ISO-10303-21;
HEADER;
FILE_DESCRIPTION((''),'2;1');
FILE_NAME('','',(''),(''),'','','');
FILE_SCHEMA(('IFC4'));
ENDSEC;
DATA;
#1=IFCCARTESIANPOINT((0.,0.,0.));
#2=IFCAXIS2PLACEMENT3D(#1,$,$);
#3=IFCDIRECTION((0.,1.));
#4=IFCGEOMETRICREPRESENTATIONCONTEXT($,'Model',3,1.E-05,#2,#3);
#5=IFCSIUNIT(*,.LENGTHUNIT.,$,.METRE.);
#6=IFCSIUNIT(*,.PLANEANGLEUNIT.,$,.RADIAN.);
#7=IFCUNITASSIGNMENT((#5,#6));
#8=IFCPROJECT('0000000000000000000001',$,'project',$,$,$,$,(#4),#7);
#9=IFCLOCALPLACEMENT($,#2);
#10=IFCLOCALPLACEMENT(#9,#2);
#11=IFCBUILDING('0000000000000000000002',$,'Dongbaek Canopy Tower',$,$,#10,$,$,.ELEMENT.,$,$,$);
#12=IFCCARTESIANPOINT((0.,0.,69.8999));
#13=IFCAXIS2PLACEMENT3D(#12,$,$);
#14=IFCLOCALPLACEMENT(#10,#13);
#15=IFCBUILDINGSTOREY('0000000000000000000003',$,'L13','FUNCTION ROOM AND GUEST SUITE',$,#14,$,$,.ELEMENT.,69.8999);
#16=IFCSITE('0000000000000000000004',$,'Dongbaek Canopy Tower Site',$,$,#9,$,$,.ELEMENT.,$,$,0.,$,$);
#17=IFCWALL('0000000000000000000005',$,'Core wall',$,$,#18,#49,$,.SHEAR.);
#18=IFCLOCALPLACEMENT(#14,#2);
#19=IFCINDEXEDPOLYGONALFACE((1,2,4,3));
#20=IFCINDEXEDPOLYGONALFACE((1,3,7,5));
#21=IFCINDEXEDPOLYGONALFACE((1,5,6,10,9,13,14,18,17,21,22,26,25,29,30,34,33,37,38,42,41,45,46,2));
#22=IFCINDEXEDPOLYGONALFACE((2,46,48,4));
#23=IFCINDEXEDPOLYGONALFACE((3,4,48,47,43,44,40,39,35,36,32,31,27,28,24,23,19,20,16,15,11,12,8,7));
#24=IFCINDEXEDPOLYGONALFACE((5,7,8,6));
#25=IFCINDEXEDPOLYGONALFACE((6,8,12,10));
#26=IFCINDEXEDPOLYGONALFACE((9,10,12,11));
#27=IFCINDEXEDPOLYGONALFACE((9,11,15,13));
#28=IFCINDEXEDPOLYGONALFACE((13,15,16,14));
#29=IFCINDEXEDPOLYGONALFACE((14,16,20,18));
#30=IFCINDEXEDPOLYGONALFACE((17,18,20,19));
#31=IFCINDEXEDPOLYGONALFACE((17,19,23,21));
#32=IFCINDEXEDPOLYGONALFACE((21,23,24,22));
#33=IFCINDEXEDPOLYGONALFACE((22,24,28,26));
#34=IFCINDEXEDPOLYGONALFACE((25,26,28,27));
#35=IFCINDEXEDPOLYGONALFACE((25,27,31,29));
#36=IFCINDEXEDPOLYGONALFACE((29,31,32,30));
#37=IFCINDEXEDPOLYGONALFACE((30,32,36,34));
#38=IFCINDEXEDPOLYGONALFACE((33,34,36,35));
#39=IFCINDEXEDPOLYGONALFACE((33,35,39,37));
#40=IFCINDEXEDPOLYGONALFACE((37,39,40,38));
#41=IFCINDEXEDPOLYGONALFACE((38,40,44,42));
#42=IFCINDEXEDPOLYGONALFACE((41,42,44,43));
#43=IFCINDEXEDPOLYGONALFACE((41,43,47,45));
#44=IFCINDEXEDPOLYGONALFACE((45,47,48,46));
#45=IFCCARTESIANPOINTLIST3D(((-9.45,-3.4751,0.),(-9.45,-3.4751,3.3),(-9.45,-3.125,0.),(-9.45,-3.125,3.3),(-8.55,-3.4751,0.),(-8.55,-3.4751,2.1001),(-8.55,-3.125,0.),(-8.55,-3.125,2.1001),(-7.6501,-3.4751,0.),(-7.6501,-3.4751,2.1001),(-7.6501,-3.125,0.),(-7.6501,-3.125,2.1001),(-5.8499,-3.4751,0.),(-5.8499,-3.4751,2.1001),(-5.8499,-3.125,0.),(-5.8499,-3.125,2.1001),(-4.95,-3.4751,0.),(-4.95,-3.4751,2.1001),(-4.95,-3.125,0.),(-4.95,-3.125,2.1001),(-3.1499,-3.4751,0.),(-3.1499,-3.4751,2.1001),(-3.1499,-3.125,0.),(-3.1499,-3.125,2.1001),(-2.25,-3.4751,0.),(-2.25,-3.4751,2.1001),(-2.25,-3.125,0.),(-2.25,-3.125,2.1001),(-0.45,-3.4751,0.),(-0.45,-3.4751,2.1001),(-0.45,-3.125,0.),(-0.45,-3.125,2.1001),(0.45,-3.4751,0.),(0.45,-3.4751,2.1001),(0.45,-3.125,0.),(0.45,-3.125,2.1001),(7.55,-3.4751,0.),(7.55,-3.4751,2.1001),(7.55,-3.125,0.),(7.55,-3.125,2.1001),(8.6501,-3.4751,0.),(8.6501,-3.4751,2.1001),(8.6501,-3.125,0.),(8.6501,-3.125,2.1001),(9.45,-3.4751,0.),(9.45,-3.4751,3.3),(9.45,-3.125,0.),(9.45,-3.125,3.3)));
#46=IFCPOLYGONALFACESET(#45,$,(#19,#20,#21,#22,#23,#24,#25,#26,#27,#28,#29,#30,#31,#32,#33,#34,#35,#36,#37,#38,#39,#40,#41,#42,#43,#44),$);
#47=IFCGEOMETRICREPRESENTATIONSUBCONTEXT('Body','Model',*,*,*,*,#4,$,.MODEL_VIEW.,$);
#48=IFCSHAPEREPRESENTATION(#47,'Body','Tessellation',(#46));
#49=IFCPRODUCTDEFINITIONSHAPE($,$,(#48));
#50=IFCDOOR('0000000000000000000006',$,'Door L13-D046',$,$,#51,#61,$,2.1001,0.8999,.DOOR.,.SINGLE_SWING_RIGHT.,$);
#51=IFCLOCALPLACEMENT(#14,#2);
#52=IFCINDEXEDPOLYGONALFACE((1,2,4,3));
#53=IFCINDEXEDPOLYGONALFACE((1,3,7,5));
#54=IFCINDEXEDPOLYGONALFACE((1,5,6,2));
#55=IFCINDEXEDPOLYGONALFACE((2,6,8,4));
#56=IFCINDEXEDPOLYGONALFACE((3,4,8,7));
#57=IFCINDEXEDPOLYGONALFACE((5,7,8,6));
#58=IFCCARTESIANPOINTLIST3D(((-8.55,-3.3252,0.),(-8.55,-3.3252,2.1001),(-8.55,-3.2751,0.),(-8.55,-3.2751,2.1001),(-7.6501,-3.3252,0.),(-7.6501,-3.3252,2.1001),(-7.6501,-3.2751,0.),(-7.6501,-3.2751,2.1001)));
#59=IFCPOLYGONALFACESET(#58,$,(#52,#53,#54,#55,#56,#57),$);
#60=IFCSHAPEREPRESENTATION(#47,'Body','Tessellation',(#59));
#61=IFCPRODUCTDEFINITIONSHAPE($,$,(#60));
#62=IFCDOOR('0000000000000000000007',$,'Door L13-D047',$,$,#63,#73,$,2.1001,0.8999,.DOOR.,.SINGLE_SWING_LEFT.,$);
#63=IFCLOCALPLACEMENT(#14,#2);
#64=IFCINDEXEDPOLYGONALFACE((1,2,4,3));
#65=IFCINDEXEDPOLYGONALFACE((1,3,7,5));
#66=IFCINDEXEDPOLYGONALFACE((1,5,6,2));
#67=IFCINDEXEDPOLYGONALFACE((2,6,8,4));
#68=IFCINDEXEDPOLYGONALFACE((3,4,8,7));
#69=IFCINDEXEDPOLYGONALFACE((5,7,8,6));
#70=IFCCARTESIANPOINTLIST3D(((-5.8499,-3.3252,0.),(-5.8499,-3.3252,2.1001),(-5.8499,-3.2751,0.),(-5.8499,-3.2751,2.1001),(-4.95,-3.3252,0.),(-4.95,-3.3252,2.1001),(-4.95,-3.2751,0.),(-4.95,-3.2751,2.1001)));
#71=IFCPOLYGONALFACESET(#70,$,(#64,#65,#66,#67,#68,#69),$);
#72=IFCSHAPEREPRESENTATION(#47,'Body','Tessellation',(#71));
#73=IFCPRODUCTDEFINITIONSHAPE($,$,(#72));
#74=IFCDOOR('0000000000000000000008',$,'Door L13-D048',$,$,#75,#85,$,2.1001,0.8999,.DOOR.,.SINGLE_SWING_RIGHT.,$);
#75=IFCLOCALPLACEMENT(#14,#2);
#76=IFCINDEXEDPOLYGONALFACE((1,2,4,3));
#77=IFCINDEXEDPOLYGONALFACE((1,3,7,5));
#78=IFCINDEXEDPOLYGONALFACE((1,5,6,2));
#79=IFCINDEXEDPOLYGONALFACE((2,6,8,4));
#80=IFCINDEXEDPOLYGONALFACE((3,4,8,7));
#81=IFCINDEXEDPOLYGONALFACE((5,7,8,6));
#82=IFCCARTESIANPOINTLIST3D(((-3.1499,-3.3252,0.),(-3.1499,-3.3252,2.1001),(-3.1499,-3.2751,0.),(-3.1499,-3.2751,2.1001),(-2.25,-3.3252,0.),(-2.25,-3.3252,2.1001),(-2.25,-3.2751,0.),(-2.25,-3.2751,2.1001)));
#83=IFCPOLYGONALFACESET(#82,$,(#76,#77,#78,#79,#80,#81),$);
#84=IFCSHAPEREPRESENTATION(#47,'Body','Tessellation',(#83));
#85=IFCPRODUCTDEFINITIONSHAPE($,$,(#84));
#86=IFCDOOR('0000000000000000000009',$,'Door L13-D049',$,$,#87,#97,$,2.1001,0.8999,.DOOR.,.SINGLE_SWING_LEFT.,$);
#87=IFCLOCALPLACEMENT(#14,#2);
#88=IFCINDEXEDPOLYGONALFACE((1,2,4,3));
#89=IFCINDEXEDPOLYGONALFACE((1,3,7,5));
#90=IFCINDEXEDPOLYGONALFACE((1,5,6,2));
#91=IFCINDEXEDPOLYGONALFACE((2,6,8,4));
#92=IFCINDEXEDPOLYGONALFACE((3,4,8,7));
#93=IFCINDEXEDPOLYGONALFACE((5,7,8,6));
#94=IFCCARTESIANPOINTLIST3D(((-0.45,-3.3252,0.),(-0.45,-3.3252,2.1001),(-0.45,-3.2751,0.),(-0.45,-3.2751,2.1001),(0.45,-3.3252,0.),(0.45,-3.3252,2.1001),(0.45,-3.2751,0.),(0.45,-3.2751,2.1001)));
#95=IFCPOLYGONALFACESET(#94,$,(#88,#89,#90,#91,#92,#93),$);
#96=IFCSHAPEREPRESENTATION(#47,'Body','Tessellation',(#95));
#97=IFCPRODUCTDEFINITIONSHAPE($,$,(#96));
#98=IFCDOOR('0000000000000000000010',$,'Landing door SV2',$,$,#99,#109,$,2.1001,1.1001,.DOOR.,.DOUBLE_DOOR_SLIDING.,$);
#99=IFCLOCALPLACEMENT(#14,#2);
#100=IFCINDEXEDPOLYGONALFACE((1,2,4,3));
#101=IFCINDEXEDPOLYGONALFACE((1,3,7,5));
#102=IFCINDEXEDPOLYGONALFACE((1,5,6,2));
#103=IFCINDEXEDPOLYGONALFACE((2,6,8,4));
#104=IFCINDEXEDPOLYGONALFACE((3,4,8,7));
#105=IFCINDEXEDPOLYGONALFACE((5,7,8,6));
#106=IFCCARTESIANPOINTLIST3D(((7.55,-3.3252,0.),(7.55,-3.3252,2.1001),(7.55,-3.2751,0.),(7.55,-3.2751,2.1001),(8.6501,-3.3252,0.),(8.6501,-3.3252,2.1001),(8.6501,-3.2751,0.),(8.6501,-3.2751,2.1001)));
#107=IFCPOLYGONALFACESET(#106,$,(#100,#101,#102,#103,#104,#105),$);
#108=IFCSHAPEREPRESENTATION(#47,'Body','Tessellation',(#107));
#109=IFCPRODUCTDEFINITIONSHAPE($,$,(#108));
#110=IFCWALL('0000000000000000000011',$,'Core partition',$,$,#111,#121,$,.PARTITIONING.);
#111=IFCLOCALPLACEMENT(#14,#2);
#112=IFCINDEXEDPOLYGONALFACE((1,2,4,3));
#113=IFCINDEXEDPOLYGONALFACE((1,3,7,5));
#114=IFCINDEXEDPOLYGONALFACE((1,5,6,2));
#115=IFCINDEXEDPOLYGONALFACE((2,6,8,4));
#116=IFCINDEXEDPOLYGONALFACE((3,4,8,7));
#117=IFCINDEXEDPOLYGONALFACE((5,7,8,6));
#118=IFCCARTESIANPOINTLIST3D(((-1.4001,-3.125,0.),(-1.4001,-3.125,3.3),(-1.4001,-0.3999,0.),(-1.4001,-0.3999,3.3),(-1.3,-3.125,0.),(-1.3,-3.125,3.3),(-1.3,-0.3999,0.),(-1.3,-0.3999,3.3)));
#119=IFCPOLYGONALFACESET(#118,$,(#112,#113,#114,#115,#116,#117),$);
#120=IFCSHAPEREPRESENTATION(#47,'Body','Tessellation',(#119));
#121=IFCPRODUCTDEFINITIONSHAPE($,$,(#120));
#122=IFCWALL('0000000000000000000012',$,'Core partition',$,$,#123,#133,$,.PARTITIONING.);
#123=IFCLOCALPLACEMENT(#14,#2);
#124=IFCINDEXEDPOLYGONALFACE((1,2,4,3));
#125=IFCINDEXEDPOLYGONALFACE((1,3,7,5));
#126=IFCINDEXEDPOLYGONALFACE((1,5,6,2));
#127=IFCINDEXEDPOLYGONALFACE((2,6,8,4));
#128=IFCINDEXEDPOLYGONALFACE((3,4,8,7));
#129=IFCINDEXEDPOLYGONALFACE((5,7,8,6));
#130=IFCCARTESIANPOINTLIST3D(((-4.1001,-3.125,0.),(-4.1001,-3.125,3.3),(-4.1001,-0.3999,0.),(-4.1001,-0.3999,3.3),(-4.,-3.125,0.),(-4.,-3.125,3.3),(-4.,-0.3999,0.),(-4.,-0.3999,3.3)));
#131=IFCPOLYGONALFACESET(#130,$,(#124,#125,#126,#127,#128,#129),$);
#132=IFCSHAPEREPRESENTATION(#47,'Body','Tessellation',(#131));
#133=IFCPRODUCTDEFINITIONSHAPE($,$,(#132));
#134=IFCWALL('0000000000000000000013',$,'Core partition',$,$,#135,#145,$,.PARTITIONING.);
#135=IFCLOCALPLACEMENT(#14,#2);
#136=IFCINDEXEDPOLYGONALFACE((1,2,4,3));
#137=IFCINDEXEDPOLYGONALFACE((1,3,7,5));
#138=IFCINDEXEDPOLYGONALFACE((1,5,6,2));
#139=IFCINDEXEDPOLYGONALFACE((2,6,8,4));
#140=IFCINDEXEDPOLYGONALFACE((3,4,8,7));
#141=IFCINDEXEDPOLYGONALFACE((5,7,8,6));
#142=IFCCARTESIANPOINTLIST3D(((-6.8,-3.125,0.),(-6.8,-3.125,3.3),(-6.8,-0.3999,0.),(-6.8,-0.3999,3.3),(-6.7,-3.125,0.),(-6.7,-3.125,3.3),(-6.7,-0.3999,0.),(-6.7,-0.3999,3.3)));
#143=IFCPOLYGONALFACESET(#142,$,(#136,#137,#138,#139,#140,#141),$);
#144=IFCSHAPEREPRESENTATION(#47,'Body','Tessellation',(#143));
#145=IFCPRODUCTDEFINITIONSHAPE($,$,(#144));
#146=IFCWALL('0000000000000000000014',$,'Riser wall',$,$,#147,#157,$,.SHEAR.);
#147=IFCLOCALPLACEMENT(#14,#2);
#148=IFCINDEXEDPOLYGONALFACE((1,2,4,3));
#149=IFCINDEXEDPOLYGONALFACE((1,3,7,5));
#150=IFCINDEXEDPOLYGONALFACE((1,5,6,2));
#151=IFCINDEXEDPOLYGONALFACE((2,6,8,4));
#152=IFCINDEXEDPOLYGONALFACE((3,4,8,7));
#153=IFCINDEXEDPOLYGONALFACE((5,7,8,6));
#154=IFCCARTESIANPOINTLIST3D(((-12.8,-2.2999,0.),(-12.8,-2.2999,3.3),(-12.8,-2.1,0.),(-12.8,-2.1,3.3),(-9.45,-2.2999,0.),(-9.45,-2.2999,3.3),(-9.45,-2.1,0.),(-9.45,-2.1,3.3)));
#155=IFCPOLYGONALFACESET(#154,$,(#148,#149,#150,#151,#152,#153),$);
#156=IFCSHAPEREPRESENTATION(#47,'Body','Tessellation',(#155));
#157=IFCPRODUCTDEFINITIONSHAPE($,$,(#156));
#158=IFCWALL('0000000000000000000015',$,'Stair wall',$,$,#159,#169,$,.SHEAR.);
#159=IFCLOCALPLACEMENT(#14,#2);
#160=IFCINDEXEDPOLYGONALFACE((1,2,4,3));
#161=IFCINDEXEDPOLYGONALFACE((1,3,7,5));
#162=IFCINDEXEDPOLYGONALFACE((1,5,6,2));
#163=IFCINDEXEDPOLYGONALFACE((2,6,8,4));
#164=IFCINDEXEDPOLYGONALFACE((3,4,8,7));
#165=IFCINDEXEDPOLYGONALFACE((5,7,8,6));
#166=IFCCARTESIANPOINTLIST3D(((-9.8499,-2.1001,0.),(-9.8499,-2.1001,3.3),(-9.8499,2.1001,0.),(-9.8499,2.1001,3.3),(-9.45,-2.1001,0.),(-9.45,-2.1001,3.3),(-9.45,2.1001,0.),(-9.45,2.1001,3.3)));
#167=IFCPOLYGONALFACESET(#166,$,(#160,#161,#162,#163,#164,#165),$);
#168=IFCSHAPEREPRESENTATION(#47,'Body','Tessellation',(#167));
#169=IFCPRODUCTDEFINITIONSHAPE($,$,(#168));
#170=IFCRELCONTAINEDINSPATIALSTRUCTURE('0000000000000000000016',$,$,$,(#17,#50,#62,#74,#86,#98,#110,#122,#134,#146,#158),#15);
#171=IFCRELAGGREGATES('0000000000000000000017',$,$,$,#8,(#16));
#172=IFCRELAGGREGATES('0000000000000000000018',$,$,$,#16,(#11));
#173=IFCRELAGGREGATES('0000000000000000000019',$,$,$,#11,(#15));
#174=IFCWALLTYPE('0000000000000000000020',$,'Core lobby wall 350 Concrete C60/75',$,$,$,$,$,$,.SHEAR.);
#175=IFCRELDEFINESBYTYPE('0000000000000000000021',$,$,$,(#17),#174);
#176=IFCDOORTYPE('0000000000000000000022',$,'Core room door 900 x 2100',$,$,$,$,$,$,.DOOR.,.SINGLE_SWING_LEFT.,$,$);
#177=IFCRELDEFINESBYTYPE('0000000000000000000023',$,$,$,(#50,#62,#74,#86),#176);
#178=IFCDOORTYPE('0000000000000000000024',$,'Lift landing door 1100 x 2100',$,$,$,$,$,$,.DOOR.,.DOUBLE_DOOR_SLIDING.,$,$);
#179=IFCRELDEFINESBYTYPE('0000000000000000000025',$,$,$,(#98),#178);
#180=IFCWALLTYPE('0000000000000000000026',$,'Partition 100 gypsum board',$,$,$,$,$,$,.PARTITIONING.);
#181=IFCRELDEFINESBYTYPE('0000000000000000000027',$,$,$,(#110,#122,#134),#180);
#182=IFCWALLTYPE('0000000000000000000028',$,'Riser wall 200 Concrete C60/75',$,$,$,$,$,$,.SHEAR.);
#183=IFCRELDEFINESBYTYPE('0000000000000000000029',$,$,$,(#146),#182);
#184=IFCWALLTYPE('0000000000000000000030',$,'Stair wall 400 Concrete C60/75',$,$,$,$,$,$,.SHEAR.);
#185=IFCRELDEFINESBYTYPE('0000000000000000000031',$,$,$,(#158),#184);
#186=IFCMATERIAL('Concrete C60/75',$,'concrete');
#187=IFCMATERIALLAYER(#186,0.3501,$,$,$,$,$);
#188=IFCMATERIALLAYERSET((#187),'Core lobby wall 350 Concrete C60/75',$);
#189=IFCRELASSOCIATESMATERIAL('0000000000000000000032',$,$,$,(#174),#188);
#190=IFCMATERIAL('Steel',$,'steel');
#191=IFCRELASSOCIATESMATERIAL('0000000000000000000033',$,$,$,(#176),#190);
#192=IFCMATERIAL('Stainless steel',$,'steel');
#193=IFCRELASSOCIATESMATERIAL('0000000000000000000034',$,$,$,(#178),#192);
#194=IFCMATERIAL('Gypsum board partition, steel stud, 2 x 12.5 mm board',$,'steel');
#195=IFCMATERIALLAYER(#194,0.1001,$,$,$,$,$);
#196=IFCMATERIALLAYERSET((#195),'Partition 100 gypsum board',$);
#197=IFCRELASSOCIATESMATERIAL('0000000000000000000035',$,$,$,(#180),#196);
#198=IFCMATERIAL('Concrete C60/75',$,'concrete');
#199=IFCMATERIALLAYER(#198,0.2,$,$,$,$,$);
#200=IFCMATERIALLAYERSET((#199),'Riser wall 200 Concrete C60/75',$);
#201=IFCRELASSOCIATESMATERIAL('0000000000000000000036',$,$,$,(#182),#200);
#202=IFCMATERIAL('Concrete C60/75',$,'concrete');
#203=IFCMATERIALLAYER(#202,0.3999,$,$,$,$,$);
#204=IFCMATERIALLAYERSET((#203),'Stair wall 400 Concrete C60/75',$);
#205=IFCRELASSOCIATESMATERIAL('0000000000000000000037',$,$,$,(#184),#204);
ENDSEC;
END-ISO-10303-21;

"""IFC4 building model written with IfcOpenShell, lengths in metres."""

from ifc_helpers import new_model, si_unit, direction, frame, frame_2d, origin, place, context, subcontext, project, spatial, rectangle, extrude, material, layer, layer_set, type_object, element, fill, save


model = new_model("IFC4")

# Units and contexts
model_context = context("Model", 3, precision=1e-05, world=origin(), true_north=direction((0.0, 1.0)))
body_context = subcontext(model_context, "Body", "Model", "MODEL_VIEW")
ifc_project = project(units=[si_unit("LENGTHUNIT", "METRE"), si_unit("PLANEANGLEUNIT", "RADIAN")], contexts=[model_context])

# Site, building, storey
site_placement = place(None, origin())
site = spatial("IfcSite", under=ifc_project, at=site_placement, Name="Dongbaek Canopy Tower Site", CompositionType="ELEMENT", RefElevation=0.0)
building_placement = place(site_placement, origin())
building = spatial("IfcBuilding", under=site, at=building_placement, Name="Dongbaek Canopy Tower", CompositionType="ELEMENT")
storey_placement = place(building_placement, frame((0.0, 0.0, 69.8999)))
storey = spatial("IfcBuildingStorey", under=building, at=storey_placement, Name="L13", Description="FUNCTION ROOM AND GUEST SUITE", CompositionType="ELEMENT", Elevation=69.8999)

# Wall, openings, doors
ifc_material_1 = material(Name="Concrete C60/75", Category="concrete")
ifc_layer_1 = layer(ifc_material_1, 0.3501)
ifc_layer_set_1 = layer_set([ifc_layer_1], Name="Core lobby wall 350 Concrete C60/75")
wall_type_1 = type_object("IfcWallType", Name="Core lobby wall 350 Concrete C60/75", PredefinedType="SHEAR", material=ifc_layer_set_1)
wall_1_placement = place(storey_placement, frame((-9.45, -3.3, 0.0), z_axis=(0.0, 0.0, 1.0), x_axis=(1.0, 0.0, 0.0)))
wall_1 = element("IfcWall", 1, at=wall_1_placement, inside=storey, type_object=wall_type_1, Name="Core wall", PredefinedType="SHEAR", context=body_context, shape_type="SweptSolid", body=[
    extrude(rectangle(XDim=18.8999, YDim=0.3501, at=frame_2d((9.45, 0.0))), origin(), (0.0, 0.0, 1.0), 3.3),
])
opening_1_placement = place(wall_1_placement, frame((17.0, 0.0, 0.0)))
opening_1 = element("IfcOpeningElement", 2, at=opening_1_placement, cuts=wall_1, PredefinedType="OPENING", context=body_context, shape_type="SweptSolid", body=[
    extrude(rectangle(XDim=1.1001, YDim=2.1001, at=frame_2d((0.55, 1.05))), frame((0.0, 0.1851, 0.0), z_axis=(0.0, -1.0, 0.0), x_axis=(1.0, 0.0, 0.0)), (0.0, 0.0, 1.0), 0.3701),
])
opening_2_placement = place(wall_1_placement, frame((0.8999, 0.0, 0.0)))
opening_2 = element("IfcOpeningElement", 3, at=opening_2_placement, cuts=wall_1, PredefinedType="OPENING", context=body_context, shape_type="SweptSolid", body=[
    extrude(rectangle(XDim=0.8999, YDim=2.1001, at=frame_2d((0.45, 1.05))), frame((0.0, 0.1851, 0.0), z_axis=(0.0, -1.0, 0.0), x_axis=(1.0, 0.0, 0.0)), (0.0, 0.0, 1.0), 0.3701),
])
opening_3_placement = place(wall_1_placement, frame((3.6001, 0.0, 0.0)))
opening_3 = element("IfcOpeningElement", 4, at=opening_3_placement, cuts=wall_1, PredefinedType="OPENING", context=body_context, shape_type="SweptSolid", body=[
    extrude(rectangle(XDim=0.8999, YDim=2.1001, at=frame_2d((0.45, 1.05))), frame((0.0, 0.1851, 0.0), z_axis=(0.0, -1.0, 0.0), x_axis=(1.0, 0.0, 0.0)), (0.0, 0.0, 1.0), 0.3701),
])
opening_4_placement = place(wall_1_placement, frame((6.3, 0.0, 0.0)))
opening_4 = element("IfcOpeningElement", 5, at=opening_4_placement, cuts=wall_1, PredefinedType="OPENING", context=body_context, shape_type="SweptSolid", body=[
    extrude(rectangle(XDim=0.8999, YDim=2.1001, at=frame_2d((0.45, 1.05))), frame((0.0, 0.1851, 0.0), z_axis=(0.0, -1.0, 0.0), x_axis=(1.0, 0.0, 0.0)), (0.0, 0.0, 1.0), 0.3701),
])
opening_5_placement = place(wall_1_placement, frame((9.0, 0.0, 0.0)))
opening_5 = element("IfcOpeningElement", 6, at=opening_5_placement, cuts=wall_1, PredefinedType="OPENING", context=body_context, shape_type="SweptSolid", body=[
    extrude(rectangle(XDim=0.8999, YDim=2.1001, at=frame_2d((0.45, 1.05))), frame((0.0, 0.1851, 0.0), z_axis=(0.0, -1.0, 0.0), x_axis=(1.0, 0.0, 0.0)), (0.0, 0.0, 1.0), 0.3701),
])
ifc_material_2 = material(Name="Steel", Category="steel")
door_type_1 = type_object("IfcDoorType", Name="Core room door 900 x 2100", OperationType="SINGLE_SWING_LEFT", PredefinedType="DOOR", material=ifc_material_2)
door_1_placement = place(opening_2_placement, origin())
door_1 = element("IfcDoor", 7, at=door_1_placement, inside=storey, type_object=door_type_1, Name="Door L13-D046", OperationType="SINGLE_SWING_RIGHT", OverallHeight=2.1001, OverallWidth=0.8999, PredefinedType="DOOR", context=body_context, shape_type="SweptSolid", body=[
    extrude(rectangle(XDim=0.8999, YDim=2.1001, at=frame_2d((0.45, 1.05))), frame((0.0, 0.0249, 0.0), z_axis=(0.0, -1.0, 0.0), x_axis=(1.0, 0.0, 0.0)), (0.0, 0.0, 1.0), 0.05),
])
fill(opening_2, door_1)
door_2_placement = place(opening_3_placement, origin())
door_2 = element("IfcDoor", 8, at=door_2_placement, inside=storey, type_object=door_type_1, Name="Door L13-D047", OperationType="SINGLE_SWING_LEFT", OverallHeight=2.1001, OverallWidth=0.8999, PredefinedType="DOOR", context=body_context, shape_type="SweptSolid", body=[
    extrude(rectangle(XDim=0.8999, YDim=2.1001, at=frame_2d((0.45, 1.05))), frame((0.0, 0.0249, 0.0), z_axis=(0.0, -1.0, 0.0), x_axis=(1.0, 0.0, 0.0)), (0.0, 0.0, 1.0), 0.05),
])
fill(opening_3, door_2)
door_3_placement = place(opening_4_placement, origin())
door_3 = element("IfcDoor", 9, at=door_3_placement, inside=storey, type_object=door_type_1, Name="Door L13-D048", OperationType="SINGLE_SWING_RIGHT", OverallHeight=2.1001, OverallWidth=0.8999, PredefinedType="DOOR", context=body_context, shape_type="SweptSolid", body=[
    extrude(rectangle(XDim=0.8999, YDim=2.1001, at=frame_2d((0.45, 1.05))), frame((0.0, 0.0249, 0.0), z_axis=(0.0, -1.0, 0.0), x_axis=(1.0, 0.0, 0.0)), (0.0, 0.0, 1.0), 0.05),
])
fill(opening_4, door_3)
door_4_placement = place(opening_5_placement, origin())
door_4 = element("IfcDoor", 10, at=door_4_placement, inside=storey, type_object=door_type_1, Name="Door L13-D049", OperationType="SINGLE_SWING_LEFT", OverallHeight=2.1001, OverallWidth=0.8999, PredefinedType="DOOR", context=body_context, shape_type="SweptSolid", body=[
    extrude(rectangle(XDim=0.8999, YDim=2.1001, at=frame_2d((0.45, 1.05))), frame((0.0, 0.0249, 0.0), z_axis=(0.0, -1.0, 0.0), x_axis=(1.0, 0.0, 0.0)), (0.0, 0.0, 1.0), 0.05),
])
fill(opening_5, door_4)
ifc_material_3 = material(Name="Stainless steel", Category="steel")
door_type_2 = type_object("IfcDoorType", Name="Lift landing door 1100 x 2100", OperationType="DOUBLE_DOOR_SLIDING", PredefinedType="DOOR", material=ifc_material_3)
door_5_placement = place(opening_1_placement, origin())
door_5 = element("IfcDoor", 11, at=door_5_placement, inside=storey, type_object=door_type_2, Name="Landing door SV2", OperationType="DOUBLE_DOOR_SLIDING", OverallHeight=2.1001, OverallWidth=1.1001, PredefinedType="DOOR", context=body_context, shape_type="SweptSolid", body=[
    extrude(rectangle(XDim=1.1001, YDim=2.1001, at=frame_2d((0.55, 1.05))), frame((0.0, 0.0249, 0.0), z_axis=(0.0, -1.0, 0.0), x_axis=(1.0, 0.0, 0.0)), (0.0, 0.0, 1.0), 0.05),
])
fill(opening_1, door_5)

# Walls
ifc_material_4 = material(Name="Gypsum board partition, steel stud, 2 x 12.5 mm board", Category="steel")
ifc_layer_2 = layer(ifc_material_4, 0.1001)
ifc_layer_set_2 = layer_set([ifc_layer_2], Name="Partition 100 gypsum board")
wall_type_2 = type_object("IfcWallType", Name="Partition 100 gypsum board", PredefinedType="PARTITIONING", material=ifc_layer_set_2)
for number, where, z_axis, x_axis, name in (
    (12, (-1.3501, -3.125, 0.0), (0.0, 0.0, 1.0), (0.0, 1.0, 0.0), "Core partition"),
    (13, (-4.05, -3.125, 0.0), (0.0, 0.0, 1.0), (0.0, 1.0, 0.0), "Core partition"),
    (14, (-6.75, -3.125, 0.0), (0.0, 0.0, 1.0), (0.0, 1.0, 0.0), "Core partition"),
):
    element("IfcWall", number, at=place(storey_placement, frame(where, z_axis=z_axis, x_axis=x_axis)), inside=storey, type_object=wall_type_2, Name=name, PredefinedType="PARTITIONING", context=body_context, shape_type="SweptSolid", body=[
        extrude(rectangle(XDim=2.7251, YDim=0.1001, at=frame_2d((1.3625, 0.0))), origin(), (0.0, 0.0, 1.0), 3.3),
    ])
ifc_material_5 = material(Name="Concrete C60/75", Category="concrete")
ifc_layer_3 = layer(ifc_material_5, 0.2)
ifc_layer_set_3 = layer_set([ifc_layer_3], Name="Riser wall 200 Concrete C60/75")
wall_type_3 = type_object("IfcWallType", Name="Riser wall 200 Concrete C60/75", PredefinedType="SHEAR", material=ifc_layer_set_3)
wall_2_placement = place(storey_placement, frame((-9.45, -2.2, 0.0), z_axis=(0.0, 0.0, 1.0), x_axis=(-1.0, 0.0, 0.0)))
element("IfcWall", 15, at=wall_2_placement, inside=storey, type_object=wall_type_3, Name="Riser wall", PredefinedType="SHEAR", context=body_context, shape_type="SweptSolid", body=[
    extrude(rectangle(XDim=3.3501, YDim=0.2, at=frame_2d((1.675, 0.0))), origin(), (0.0, 0.0, 1.0), 3.3),
])
ifc_material_6 = material(Name="Concrete C60/75", Category="concrete")
ifc_layer_4 = layer(ifc_material_6, 0.3999)
ifc_layer_set_4 = layer_set([ifc_layer_4], Name="Stair wall 400 Concrete C60/75")
wall_type_4 = type_object("IfcWallType", Name="Stair wall 400 Concrete C60/75", PredefinedType="SHEAR", material=ifc_layer_set_4)
wall_3_placement = place(storey_placement, frame((-9.6499, -2.1001, 0.0), z_axis=(0.0, 0.0, 1.0), x_axis=(0.0, 1.0, 0.0)))
element("IfcWall", 16, at=wall_3_placement, inside=storey, type_object=wall_type_4, Name="Stair wall", PredefinedType="SHEAR", context=body_context, shape_type="SweptSolid", body=[
    extrude(rectangle(XDim=4.2002, YDim=0.3999, at=frame_2d((2.1001, 0.0))), origin(), (0.0, 0.0, 1.0), 3.3),
])

save(model, "model.ifc")
